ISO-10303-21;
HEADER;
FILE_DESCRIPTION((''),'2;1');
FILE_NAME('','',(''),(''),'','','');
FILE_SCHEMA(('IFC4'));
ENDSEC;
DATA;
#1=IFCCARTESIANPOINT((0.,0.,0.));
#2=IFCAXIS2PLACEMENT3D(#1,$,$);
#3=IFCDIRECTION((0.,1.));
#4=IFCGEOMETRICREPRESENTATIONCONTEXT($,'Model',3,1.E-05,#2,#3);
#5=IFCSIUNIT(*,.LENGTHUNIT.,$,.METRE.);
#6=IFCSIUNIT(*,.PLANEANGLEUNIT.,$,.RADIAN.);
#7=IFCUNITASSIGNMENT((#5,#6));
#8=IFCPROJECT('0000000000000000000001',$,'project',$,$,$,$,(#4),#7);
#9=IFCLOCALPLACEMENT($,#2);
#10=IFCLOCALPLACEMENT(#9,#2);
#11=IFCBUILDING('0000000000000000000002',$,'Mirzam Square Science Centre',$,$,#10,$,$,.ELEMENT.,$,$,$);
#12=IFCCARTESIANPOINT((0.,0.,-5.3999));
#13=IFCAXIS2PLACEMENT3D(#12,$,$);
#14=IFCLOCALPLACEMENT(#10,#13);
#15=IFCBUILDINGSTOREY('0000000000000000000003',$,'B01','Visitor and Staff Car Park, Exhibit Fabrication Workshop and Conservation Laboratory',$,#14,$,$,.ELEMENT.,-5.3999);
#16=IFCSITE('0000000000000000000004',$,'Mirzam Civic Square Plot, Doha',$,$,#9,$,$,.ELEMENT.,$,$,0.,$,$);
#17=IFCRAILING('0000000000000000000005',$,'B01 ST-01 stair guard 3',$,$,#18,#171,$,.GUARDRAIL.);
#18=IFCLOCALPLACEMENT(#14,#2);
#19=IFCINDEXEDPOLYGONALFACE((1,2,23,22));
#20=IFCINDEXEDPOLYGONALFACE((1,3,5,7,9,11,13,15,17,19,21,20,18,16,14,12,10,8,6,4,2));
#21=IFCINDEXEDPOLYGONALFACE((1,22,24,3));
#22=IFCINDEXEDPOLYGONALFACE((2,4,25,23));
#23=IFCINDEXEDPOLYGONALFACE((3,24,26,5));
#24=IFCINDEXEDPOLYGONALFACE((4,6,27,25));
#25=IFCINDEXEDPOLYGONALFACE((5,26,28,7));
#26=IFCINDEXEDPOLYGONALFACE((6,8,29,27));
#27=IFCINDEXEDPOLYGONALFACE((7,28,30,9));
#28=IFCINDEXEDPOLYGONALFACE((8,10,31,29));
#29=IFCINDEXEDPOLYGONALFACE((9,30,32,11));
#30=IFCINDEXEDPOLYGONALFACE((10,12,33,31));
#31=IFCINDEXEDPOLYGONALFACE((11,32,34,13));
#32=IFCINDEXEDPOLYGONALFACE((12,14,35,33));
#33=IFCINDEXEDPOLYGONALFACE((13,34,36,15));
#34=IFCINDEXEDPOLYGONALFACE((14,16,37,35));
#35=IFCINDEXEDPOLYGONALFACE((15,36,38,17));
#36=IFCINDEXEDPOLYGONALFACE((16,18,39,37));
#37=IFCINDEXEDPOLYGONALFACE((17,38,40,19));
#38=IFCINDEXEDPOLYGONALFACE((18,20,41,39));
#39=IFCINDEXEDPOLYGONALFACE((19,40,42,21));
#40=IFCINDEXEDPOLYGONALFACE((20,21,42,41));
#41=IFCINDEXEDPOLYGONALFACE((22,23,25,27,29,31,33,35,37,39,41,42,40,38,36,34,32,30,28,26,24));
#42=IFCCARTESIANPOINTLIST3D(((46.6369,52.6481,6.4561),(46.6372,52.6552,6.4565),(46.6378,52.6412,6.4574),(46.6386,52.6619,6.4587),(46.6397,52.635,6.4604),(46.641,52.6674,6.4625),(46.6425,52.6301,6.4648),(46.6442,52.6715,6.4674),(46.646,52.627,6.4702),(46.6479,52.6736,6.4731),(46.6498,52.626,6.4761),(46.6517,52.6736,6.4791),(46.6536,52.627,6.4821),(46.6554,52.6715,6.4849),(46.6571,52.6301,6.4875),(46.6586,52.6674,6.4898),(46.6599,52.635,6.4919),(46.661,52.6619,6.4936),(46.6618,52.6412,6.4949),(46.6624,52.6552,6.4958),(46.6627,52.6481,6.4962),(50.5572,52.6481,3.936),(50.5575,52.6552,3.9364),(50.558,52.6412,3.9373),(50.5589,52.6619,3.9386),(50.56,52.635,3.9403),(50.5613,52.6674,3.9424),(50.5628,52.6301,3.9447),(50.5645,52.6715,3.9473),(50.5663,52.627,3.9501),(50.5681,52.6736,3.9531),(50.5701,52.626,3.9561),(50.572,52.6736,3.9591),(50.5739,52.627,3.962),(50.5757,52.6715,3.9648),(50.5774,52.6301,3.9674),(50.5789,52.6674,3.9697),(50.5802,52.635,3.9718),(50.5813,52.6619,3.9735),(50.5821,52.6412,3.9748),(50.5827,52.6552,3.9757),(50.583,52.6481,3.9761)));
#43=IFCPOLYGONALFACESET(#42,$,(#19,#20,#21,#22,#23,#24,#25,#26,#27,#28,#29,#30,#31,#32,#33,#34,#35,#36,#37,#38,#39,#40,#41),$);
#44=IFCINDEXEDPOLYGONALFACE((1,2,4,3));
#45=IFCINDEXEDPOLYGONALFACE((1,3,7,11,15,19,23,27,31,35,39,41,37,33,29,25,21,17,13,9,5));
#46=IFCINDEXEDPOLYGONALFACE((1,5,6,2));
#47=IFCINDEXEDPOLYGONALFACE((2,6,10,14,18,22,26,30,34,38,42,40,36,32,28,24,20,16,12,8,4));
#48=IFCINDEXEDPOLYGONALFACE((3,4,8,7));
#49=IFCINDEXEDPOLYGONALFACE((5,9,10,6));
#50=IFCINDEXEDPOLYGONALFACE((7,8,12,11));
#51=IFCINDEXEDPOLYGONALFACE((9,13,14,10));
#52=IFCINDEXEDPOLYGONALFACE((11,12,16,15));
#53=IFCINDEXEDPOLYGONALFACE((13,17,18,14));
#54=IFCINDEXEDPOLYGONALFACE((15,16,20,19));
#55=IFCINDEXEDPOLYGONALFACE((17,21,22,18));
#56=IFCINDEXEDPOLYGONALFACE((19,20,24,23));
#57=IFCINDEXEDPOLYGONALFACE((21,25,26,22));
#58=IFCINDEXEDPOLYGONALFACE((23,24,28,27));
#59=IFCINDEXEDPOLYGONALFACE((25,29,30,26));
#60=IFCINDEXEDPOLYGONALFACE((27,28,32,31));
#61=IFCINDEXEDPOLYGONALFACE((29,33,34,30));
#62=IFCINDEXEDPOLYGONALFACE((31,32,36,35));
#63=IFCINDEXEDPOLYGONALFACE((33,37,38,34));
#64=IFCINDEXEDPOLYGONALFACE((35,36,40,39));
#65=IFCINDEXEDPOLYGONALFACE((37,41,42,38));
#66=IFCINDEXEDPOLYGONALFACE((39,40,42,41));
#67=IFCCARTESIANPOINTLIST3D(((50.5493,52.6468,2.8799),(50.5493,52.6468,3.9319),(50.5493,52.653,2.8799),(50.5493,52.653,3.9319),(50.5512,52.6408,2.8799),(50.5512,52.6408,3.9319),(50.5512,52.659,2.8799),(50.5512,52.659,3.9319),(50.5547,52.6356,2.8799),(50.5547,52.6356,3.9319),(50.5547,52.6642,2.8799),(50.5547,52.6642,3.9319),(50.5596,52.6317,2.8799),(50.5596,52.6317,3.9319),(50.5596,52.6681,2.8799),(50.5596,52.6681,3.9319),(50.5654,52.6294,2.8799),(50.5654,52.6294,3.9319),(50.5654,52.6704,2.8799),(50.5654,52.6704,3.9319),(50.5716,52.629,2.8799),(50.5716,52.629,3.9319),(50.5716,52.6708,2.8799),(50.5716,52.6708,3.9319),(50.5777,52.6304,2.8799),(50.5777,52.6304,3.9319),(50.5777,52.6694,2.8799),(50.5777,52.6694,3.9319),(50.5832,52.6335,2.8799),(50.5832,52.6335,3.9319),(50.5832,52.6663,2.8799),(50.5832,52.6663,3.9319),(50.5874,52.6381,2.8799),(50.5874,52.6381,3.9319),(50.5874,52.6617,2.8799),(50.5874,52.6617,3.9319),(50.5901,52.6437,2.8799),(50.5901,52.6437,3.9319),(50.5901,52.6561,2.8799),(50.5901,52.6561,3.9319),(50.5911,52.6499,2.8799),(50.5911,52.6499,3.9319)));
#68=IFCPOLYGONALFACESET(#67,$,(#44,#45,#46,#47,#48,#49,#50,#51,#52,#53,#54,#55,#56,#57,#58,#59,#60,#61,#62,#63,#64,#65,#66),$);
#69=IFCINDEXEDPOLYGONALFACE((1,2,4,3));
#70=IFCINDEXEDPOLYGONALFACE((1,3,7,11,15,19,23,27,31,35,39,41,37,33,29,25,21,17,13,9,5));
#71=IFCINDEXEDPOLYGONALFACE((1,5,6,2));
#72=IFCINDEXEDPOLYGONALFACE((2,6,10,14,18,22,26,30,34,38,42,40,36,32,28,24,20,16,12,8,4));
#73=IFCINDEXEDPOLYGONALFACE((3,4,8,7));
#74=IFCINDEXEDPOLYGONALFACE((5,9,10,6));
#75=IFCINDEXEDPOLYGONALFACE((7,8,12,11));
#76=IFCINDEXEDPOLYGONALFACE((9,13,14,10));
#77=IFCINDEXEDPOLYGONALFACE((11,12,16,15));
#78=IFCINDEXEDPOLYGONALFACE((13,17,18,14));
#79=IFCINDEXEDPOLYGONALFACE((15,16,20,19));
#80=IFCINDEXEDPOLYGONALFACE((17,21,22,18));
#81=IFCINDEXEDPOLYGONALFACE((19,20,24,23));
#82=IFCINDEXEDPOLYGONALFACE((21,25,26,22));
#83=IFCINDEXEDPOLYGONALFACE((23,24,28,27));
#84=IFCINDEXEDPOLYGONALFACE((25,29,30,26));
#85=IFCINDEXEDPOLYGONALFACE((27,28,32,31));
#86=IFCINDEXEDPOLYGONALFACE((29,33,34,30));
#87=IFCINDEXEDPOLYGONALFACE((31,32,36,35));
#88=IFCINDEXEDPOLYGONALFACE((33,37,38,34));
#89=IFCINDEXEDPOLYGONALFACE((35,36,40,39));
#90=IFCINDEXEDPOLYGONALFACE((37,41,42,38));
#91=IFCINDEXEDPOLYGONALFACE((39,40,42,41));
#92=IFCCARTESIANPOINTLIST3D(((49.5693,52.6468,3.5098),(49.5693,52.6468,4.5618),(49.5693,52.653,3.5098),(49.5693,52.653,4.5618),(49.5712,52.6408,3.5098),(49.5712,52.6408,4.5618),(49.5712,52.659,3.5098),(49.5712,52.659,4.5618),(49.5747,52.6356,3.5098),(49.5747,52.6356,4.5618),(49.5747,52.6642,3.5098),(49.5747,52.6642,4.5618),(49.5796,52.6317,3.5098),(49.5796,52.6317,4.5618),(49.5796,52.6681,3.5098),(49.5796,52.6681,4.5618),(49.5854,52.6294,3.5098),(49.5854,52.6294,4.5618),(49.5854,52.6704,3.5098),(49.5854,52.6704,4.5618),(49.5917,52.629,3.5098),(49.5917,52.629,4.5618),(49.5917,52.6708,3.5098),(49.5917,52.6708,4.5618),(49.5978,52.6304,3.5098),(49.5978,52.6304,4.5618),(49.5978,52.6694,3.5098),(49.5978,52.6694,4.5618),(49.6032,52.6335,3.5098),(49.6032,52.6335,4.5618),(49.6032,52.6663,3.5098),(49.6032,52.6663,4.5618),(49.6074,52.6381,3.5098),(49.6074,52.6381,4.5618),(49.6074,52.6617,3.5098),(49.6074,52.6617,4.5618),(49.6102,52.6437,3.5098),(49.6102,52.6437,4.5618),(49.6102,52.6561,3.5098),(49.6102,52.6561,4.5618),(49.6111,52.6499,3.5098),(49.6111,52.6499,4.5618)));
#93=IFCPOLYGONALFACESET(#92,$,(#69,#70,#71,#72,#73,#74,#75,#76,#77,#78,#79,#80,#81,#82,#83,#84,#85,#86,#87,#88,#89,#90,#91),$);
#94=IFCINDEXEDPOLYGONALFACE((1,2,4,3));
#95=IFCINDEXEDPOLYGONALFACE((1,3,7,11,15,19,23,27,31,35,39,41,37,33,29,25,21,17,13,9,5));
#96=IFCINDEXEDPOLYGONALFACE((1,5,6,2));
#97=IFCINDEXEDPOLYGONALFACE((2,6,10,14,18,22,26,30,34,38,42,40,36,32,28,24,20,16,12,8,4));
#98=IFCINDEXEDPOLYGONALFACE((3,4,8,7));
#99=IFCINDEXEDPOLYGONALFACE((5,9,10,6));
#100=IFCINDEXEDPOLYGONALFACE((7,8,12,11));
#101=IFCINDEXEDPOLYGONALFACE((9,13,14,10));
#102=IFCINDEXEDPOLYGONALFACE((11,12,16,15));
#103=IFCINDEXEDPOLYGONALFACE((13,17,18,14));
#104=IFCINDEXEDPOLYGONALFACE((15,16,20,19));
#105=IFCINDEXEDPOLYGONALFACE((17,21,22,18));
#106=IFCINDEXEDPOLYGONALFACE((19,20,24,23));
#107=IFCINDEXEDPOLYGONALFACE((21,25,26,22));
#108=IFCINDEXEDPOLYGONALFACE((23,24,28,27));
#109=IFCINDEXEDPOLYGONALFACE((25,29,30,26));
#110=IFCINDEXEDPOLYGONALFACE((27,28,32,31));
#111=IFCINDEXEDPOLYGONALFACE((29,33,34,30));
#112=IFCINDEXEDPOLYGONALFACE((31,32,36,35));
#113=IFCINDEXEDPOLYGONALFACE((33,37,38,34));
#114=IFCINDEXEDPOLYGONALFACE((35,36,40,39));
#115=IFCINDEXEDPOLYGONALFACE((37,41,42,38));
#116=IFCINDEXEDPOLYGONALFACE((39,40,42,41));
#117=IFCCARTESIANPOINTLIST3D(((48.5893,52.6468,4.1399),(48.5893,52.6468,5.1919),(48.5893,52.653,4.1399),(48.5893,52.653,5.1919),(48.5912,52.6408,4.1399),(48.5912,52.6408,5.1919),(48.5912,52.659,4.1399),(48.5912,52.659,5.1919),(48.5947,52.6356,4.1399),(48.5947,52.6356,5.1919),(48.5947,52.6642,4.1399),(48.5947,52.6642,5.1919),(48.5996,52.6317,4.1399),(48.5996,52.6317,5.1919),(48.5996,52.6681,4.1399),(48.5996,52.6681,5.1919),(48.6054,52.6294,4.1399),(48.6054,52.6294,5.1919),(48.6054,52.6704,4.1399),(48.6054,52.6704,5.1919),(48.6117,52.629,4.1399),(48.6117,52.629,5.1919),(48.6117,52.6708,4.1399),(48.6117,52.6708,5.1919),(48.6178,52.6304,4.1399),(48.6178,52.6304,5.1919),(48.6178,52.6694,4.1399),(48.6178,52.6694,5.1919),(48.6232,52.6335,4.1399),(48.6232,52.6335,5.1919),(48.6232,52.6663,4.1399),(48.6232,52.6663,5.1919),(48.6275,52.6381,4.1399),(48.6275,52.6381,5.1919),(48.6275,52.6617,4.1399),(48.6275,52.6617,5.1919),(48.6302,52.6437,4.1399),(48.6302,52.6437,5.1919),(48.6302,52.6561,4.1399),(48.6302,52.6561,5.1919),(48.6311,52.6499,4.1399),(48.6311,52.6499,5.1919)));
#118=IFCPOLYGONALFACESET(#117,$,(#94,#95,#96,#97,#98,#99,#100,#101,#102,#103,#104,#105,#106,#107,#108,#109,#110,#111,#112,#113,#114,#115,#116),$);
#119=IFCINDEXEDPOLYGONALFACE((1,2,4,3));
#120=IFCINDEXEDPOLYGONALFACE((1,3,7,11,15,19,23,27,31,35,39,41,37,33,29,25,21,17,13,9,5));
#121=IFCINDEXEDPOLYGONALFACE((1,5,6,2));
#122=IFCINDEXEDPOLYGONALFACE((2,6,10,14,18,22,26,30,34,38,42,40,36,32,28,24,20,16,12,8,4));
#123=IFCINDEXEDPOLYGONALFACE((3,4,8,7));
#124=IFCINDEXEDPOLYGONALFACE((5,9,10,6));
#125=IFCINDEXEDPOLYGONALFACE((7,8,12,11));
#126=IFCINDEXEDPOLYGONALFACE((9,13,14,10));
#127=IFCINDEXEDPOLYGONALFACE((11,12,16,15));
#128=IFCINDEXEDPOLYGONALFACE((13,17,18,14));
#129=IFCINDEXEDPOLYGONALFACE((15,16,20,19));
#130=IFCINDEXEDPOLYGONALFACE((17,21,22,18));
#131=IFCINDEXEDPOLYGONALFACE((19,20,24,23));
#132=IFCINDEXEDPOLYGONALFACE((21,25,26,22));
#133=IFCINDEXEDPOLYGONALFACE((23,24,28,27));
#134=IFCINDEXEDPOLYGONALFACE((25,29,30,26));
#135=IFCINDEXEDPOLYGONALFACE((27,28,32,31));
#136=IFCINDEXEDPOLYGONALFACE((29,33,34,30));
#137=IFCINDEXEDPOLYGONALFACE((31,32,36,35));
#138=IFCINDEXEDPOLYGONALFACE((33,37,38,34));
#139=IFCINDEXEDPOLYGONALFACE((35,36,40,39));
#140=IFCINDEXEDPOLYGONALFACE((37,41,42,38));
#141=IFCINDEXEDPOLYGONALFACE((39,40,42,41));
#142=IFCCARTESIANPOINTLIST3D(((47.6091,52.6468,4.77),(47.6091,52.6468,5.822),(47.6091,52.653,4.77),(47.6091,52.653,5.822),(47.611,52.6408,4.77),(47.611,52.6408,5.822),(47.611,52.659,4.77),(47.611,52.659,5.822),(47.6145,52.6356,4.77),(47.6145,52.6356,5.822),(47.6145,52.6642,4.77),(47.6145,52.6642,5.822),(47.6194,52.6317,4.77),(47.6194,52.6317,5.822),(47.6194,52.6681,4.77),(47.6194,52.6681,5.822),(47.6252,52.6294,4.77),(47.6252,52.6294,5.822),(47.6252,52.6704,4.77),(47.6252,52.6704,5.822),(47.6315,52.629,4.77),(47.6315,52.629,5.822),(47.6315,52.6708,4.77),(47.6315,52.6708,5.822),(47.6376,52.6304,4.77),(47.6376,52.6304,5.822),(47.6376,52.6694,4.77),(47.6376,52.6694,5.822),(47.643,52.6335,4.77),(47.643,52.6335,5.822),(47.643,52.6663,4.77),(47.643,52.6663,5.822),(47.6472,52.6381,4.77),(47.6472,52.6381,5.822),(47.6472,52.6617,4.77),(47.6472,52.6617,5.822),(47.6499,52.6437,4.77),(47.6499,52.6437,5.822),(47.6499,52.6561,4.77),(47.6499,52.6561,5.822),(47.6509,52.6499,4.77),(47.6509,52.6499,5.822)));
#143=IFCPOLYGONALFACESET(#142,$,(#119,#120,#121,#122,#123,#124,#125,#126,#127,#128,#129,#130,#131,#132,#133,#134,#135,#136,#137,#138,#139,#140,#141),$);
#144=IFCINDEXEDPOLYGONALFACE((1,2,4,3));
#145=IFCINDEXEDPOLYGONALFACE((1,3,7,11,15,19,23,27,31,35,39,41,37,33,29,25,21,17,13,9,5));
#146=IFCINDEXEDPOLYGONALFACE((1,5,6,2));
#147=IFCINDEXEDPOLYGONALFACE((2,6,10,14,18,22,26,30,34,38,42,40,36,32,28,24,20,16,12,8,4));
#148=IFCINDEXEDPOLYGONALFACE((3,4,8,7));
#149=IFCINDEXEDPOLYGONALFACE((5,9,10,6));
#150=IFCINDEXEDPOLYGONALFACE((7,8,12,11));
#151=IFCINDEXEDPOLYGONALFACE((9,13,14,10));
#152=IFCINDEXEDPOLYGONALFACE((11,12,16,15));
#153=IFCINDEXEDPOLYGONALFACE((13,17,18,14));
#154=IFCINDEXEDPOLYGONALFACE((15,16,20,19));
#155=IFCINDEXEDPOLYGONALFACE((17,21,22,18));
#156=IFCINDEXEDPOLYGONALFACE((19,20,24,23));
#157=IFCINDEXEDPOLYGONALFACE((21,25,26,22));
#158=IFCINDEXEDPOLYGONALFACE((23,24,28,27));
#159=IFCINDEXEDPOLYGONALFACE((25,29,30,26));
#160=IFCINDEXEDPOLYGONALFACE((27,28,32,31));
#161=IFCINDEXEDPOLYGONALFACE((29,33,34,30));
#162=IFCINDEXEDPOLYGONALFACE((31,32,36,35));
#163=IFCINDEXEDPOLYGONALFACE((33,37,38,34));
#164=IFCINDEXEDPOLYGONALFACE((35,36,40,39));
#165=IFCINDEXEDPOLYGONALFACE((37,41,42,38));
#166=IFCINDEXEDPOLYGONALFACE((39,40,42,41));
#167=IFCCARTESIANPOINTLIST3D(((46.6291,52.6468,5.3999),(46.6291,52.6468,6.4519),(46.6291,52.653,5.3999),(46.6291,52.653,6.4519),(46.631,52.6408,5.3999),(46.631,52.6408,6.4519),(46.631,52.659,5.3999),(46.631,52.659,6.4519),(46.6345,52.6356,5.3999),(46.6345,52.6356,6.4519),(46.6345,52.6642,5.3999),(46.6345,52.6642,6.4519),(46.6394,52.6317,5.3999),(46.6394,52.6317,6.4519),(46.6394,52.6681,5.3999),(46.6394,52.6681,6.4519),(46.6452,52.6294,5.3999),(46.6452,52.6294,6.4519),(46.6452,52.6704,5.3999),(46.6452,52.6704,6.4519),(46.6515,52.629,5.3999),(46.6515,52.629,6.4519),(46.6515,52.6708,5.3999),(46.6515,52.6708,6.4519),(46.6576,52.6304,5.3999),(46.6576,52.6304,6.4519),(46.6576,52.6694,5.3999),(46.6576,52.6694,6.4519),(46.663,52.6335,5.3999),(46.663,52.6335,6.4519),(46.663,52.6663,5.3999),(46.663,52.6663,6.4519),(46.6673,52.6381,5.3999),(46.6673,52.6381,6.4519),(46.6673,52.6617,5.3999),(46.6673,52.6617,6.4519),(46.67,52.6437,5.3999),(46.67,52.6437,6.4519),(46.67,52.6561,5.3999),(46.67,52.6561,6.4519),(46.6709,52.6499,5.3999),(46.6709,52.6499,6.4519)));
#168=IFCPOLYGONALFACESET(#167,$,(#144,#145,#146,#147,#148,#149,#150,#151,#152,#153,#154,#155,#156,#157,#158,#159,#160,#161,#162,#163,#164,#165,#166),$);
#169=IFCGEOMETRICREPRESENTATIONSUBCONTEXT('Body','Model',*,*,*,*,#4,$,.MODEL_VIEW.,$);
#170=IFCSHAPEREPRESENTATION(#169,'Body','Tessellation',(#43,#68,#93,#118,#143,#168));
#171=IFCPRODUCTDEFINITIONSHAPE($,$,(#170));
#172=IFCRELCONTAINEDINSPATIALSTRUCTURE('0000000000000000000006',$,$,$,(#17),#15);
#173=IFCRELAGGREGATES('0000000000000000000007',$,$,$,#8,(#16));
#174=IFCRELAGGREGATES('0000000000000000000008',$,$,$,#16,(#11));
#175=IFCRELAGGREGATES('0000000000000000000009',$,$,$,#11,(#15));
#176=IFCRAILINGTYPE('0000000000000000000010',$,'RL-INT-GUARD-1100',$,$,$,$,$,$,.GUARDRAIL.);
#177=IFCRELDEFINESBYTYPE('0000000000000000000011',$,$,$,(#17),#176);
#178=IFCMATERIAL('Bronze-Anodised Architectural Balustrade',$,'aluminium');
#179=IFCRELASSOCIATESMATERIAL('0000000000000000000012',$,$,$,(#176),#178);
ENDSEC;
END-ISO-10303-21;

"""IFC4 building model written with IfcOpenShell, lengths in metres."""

from ifc_helpers import new_model, si_unit, direction, frame, origin, origin_2d, place, context, subcontext, project, spatial, circle, extrude, material, type_object, element, save


model = new_model("IFC4")

# Units and contexts
model_context = context("Model", 3, precision=1e-05, world=origin(), true_north=direction((0.0, 1.0)))
body_context = subcontext(model_context, "Body", "Model", "MODEL_VIEW")
ifc_project = project(units=[si_unit("LENGTHUNIT", "METRE"), si_unit("PLANEANGLEUNIT", "RADIAN")], contexts=[model_context])

# Site, building, storey
site_placement = place(None, origin())
site = spatial("IfcSite", under=ifc_project, at=site_placement, Name="Mirzam Civic Square Plot, Doha", CompositionType="ELEMENT", RefElevation=0.0)
building_placement = place(site_placement, origin())
building = spatial("IfcBuilding", under=site, at=building_placement, Name="Mirzam Square Science Centre", CompositionType="ELEMENT")
storey_placement = place(building_placement, frame((0.0, 0.0, -5.3999)))
storey = spatial("IfcBuildingStorey", under=building, at=storey_placement, Name="B01", Description="Visitor and Staff Car Park, Exhibit Fabrication Workshop and Conservation Laboratory", CompositionType="ELEMENT", Elevation=-5.3999)

# Railing
ifc_material_1 = material(Name="Bronze-Anodised Architectural Balustrade", Category="aluminium")
railing_type_1 = type_object("IfcRailingType", Name="RL-INT-GUARD-1100", PredefinedType="GUARDRAIL", material=ifc_material_1)
railing_1_placement = place(storey_placement, frame((50.5701, 52.6499, 2.8799)))
element("IfcRailing", 1, at=railing_1_placement, inside=storey, type_object=railing_type_1, Name="B01 ST-01 stair guard 3", PredefinedType="GUARDRAIL", context=body_context, shape_type="SweptSolid", body=[
    extrude(circle(Radius=0.0239, at=origin_2d()), frame((0.0, 0.0, 1.0762), z_axis=(-0.841187, 0.0, 0.540744), x_axis=(0.0, -1.0, 0.0)), (0.0, 0.0, 1.0), 4.6604),
    extrude(circle(Radius=0.021, at=origin_2d()), origin(), (0.0, 0.0, 1.0), 1.052),
    extrude(circle(Radius=0.021, at=origin_2d()), frame((-0.98, 0.0, 0.6299)), (0.0, 0.0, 1.0), 1.052),
    extrude(circle(Radius=0.021, at=origin_2d()), frame((-1.96, 0.0, 1.26)), (0.0, 0.0, 1.0), 1.052),
    extrude(circle(Radius=0.021, at=origin_2d()), frame((-2.9402, 0.0, 1.8901)), (0.0, 0.0, 1.0), 1.052),
    extrude(circle(Radius=0.021, at=origin_2d()), frame((-3.9202, 0.0, 2.52)), (0.0, 0.0, 1.0), 1.052),
])

save(model, "model.ifc")
